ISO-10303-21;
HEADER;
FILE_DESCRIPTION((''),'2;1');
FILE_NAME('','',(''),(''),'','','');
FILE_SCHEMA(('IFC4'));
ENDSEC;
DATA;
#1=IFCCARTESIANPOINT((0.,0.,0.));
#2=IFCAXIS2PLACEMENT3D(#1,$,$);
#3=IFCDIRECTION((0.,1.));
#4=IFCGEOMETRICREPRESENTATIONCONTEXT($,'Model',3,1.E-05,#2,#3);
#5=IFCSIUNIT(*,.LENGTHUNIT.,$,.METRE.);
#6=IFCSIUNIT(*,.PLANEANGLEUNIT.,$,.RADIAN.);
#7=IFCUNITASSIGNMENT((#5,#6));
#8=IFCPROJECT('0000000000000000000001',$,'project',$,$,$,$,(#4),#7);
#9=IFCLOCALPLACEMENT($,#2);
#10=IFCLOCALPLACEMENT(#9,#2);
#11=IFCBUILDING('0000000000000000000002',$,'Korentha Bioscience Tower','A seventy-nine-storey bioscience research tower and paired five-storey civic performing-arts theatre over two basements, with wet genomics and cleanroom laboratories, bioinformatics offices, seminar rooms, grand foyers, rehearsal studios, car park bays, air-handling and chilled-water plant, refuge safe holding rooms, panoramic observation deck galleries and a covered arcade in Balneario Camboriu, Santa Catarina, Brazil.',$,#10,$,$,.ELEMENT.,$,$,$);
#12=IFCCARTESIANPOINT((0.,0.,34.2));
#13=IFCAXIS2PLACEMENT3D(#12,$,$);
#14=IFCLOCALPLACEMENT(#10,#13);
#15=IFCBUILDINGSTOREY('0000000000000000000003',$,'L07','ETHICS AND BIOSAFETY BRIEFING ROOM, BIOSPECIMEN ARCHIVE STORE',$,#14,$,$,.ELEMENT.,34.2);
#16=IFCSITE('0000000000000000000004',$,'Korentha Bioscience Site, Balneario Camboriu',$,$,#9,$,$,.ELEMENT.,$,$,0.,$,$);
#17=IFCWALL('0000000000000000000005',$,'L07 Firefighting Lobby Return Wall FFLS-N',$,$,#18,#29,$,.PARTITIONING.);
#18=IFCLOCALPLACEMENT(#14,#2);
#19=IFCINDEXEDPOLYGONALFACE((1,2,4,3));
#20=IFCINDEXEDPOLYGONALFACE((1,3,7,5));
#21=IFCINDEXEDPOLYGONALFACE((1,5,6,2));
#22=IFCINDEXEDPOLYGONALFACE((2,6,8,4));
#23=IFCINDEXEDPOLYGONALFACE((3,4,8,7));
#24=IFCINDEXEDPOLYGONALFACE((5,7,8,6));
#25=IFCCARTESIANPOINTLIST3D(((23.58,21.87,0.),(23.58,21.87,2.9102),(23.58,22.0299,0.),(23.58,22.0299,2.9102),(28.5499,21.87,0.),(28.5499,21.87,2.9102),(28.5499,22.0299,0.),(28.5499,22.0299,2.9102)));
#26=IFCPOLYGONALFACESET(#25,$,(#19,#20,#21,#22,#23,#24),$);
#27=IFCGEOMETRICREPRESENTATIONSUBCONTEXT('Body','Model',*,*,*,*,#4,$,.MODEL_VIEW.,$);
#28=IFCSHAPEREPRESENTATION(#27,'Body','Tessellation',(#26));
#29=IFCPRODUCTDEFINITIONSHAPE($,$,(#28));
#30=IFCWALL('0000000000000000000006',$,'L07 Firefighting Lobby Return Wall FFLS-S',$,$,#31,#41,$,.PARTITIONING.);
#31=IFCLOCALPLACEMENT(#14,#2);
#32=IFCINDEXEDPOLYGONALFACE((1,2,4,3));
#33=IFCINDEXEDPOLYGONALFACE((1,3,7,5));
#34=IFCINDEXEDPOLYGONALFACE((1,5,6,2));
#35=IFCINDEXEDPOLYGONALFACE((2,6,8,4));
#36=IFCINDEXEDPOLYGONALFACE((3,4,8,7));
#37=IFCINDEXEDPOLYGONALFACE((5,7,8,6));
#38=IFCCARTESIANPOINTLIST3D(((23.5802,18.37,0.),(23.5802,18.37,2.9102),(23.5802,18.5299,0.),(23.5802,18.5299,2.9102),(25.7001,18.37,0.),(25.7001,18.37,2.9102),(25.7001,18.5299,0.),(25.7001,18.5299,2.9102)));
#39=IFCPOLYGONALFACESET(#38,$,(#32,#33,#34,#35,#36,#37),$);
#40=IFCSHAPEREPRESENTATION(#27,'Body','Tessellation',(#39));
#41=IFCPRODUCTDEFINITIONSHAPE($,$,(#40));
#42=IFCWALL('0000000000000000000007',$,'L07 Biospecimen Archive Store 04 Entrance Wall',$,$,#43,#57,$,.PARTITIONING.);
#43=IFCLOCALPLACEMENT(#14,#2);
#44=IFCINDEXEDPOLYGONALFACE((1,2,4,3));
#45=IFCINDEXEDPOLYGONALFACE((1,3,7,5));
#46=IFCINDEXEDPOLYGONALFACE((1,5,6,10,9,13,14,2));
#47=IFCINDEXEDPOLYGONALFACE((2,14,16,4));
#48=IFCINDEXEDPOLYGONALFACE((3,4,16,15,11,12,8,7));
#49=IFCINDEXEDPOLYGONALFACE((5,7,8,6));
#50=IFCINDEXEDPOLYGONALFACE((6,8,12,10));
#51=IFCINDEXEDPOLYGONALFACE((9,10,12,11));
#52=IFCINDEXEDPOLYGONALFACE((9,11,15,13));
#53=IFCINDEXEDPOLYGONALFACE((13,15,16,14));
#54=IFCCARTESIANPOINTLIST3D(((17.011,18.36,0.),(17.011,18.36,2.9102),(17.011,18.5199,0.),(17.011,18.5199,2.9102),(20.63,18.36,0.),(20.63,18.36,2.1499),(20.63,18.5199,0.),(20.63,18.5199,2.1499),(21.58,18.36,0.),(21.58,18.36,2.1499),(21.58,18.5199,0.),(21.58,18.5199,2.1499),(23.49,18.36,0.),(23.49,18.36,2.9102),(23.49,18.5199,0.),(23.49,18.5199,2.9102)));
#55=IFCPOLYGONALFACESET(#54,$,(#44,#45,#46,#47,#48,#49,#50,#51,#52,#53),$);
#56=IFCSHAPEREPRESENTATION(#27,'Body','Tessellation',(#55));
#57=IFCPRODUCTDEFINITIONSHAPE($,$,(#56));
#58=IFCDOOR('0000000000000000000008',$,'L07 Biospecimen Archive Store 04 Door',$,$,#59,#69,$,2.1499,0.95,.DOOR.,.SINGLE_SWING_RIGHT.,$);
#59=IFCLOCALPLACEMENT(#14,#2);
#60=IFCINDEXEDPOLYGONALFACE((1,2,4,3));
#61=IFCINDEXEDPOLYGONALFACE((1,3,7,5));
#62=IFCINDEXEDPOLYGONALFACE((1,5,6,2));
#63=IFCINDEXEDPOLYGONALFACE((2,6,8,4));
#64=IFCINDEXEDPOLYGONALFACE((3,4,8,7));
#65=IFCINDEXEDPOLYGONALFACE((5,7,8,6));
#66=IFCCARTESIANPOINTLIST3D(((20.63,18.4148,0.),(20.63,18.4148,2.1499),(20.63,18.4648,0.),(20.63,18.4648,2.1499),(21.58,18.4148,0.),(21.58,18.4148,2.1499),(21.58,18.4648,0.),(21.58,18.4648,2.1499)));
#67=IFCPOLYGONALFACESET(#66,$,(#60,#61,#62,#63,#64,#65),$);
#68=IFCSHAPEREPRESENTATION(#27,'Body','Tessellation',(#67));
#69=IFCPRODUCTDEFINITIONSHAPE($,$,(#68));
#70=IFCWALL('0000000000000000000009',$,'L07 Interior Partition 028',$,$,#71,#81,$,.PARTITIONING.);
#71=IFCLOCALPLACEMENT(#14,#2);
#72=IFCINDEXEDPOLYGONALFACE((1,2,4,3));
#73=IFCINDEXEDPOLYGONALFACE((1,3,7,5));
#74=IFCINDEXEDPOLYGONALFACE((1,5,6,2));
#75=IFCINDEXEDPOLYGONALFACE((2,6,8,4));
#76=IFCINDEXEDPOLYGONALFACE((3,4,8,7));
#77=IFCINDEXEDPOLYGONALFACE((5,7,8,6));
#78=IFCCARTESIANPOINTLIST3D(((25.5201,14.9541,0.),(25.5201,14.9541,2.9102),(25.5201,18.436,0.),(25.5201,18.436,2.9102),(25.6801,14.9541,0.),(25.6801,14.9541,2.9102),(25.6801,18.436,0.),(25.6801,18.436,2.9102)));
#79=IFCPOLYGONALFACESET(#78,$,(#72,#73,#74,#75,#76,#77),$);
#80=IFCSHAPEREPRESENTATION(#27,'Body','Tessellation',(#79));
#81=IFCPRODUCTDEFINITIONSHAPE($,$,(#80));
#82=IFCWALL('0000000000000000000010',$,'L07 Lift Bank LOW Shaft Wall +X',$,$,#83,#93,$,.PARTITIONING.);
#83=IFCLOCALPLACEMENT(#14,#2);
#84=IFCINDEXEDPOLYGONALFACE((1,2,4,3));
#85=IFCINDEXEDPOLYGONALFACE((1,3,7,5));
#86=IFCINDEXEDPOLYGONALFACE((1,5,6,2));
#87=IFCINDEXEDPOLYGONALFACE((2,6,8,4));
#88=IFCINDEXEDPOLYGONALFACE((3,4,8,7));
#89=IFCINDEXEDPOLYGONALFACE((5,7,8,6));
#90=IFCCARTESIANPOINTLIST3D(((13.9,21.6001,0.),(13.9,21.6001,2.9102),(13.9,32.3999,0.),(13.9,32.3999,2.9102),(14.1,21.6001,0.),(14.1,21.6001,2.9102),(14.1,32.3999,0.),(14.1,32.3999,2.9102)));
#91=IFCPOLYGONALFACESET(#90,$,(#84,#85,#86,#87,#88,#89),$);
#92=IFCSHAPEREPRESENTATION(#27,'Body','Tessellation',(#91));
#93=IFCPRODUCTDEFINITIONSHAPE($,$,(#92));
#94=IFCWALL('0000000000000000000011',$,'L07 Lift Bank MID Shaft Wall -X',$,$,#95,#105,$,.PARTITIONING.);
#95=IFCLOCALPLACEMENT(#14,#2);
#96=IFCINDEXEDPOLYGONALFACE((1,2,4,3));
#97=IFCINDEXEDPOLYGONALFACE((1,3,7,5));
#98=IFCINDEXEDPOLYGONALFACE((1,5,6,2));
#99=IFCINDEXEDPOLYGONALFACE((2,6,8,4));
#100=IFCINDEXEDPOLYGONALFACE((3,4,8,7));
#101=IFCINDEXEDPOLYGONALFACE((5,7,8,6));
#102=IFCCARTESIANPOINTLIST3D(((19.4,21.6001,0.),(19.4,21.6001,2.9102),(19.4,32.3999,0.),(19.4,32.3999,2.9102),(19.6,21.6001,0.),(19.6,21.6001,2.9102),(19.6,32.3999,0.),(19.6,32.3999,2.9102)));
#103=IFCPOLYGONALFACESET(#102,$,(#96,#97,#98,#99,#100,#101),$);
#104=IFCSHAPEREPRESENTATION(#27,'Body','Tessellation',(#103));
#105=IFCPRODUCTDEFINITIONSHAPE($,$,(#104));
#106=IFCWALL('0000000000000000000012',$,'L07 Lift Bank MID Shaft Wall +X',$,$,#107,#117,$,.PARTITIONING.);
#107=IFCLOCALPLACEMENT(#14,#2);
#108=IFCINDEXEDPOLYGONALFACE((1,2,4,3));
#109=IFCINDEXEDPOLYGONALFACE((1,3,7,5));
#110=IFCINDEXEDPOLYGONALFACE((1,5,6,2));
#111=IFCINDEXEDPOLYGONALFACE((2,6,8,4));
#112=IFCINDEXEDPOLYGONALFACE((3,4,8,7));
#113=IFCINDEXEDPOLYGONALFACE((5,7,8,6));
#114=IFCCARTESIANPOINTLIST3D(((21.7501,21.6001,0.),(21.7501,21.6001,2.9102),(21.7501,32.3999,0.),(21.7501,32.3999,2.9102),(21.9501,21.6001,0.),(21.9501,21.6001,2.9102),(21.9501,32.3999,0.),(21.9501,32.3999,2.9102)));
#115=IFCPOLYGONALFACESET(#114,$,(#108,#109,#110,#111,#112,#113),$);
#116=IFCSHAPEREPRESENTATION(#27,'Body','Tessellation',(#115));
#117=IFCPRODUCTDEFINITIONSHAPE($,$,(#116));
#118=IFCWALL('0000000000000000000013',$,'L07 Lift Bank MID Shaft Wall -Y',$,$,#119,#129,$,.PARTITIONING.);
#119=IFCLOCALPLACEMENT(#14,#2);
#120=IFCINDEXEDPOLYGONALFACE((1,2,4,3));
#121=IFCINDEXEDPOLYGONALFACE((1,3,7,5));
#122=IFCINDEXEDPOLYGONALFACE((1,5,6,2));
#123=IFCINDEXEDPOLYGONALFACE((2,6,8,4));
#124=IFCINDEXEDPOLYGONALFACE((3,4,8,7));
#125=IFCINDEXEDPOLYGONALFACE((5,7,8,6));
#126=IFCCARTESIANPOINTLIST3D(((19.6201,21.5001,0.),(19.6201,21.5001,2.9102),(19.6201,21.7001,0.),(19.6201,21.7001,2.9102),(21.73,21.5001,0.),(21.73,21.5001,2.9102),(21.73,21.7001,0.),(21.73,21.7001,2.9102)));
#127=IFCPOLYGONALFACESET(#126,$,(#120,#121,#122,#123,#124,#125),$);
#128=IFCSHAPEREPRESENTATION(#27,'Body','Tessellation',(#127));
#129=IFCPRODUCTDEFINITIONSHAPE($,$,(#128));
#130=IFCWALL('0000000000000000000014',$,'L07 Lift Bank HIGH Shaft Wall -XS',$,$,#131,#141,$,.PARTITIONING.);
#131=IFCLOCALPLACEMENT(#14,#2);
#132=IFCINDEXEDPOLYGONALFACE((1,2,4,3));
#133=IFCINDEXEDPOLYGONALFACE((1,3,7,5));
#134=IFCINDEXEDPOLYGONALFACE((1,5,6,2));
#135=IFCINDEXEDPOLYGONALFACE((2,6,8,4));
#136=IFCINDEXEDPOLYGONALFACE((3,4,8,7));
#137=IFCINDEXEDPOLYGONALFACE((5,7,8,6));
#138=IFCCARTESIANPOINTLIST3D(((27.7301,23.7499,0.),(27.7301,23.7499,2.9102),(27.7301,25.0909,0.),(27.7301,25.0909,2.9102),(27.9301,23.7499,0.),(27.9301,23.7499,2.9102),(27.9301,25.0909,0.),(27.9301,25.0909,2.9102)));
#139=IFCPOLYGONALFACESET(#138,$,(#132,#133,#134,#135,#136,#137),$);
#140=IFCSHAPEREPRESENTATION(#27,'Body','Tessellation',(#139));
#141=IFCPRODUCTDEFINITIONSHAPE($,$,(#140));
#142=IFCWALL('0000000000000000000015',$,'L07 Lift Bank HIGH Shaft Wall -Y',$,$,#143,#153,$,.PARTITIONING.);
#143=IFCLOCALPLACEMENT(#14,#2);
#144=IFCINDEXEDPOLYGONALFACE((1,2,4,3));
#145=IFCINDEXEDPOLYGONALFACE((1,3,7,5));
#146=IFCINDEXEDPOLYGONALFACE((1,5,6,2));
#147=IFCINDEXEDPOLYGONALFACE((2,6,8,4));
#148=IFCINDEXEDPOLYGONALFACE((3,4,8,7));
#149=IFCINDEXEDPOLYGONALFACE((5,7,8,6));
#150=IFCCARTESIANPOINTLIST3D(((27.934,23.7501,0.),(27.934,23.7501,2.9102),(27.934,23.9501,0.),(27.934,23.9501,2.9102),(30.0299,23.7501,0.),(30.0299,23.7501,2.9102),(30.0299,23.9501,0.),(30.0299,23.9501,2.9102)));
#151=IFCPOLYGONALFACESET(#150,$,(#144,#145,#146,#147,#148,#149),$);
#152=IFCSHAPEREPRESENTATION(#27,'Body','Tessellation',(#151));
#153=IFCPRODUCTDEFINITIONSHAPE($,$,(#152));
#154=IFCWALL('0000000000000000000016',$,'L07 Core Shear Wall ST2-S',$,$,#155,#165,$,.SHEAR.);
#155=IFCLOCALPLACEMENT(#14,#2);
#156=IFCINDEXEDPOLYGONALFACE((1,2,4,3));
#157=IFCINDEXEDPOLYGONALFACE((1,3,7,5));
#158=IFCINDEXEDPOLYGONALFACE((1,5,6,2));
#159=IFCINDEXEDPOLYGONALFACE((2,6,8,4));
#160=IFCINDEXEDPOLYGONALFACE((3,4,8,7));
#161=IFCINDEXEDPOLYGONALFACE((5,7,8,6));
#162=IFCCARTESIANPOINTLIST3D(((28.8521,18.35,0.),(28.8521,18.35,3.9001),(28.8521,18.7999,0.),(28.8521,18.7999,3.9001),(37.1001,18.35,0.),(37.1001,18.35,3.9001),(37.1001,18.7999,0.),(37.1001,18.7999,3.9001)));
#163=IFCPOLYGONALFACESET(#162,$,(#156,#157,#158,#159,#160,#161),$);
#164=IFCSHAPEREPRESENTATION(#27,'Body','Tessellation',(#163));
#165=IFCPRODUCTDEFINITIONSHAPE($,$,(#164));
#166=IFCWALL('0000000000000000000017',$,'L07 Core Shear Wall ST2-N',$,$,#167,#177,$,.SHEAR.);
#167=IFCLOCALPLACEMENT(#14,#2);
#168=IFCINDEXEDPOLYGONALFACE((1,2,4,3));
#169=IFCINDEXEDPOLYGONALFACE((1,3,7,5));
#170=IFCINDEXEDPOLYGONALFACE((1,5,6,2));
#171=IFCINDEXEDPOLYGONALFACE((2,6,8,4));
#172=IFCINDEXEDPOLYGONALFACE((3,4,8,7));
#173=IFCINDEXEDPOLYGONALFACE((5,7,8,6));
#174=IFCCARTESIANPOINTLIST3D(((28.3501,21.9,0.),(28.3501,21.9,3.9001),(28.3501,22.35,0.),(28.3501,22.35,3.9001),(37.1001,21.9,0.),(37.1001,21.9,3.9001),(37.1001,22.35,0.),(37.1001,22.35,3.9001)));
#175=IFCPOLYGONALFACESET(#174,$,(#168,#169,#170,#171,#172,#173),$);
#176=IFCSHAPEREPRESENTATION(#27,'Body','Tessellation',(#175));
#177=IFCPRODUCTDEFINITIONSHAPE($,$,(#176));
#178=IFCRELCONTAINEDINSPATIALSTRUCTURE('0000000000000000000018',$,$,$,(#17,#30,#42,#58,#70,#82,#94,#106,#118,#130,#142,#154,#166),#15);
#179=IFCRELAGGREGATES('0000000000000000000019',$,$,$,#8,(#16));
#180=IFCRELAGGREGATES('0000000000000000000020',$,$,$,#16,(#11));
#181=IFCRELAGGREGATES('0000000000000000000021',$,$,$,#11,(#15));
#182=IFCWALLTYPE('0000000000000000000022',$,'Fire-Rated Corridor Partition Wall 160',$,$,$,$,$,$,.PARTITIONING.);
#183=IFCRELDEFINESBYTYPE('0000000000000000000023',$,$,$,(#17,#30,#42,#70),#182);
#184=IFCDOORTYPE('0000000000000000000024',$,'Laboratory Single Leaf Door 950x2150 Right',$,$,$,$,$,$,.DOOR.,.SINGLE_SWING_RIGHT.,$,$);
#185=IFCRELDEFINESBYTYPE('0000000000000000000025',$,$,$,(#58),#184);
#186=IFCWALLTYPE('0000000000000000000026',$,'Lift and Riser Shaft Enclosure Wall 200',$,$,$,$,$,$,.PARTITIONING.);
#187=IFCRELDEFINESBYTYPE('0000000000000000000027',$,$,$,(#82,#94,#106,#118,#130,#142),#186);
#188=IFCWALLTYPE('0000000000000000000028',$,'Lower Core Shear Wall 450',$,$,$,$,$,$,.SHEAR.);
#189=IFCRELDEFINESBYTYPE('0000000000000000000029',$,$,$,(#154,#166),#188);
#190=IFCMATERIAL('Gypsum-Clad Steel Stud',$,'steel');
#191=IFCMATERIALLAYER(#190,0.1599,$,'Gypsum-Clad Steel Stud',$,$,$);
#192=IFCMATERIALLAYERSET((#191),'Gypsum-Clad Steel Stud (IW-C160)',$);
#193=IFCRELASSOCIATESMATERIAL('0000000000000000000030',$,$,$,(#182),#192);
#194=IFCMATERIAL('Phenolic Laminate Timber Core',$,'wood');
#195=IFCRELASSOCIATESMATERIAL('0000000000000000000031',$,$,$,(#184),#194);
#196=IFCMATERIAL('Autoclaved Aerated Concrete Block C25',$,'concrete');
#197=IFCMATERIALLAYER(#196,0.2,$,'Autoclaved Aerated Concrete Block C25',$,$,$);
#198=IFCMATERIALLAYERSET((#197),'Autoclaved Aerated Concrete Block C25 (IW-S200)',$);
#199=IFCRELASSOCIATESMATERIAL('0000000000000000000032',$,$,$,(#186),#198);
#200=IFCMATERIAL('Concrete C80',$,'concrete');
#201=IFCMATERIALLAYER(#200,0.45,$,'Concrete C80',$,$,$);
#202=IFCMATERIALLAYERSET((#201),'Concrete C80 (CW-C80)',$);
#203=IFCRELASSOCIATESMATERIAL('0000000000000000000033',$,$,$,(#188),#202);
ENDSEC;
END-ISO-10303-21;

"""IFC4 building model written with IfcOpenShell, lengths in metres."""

from ifc_helpers import new_model, si_unit, direction, frame, frame_2d, origin, place, context, subcontext, project, spatial, rectangle, extrude, material, layer, layer_set, type_object, element, fill, save


model = new_model("IFC4")

# Units and contexts
model_context = context("Model", 3, precision=1e-05, world=origin(), true_north=direction((0.0, 1.0)))
body_context = subcontext(model_context, "Body", "Model", "MODEL_VIEW")
ifc_project = project(units=[si_unit("LENGTHUNIT", "METRE"), si_unit("PLANEANGLEUNIT", "RADIAN")], contexts=[model_context])

# Site, building, storey
site_placement = place(None, origin())
site = spatial("IfcSite", under=ifc_project, at=site_placement, Name="Korentha Bioscience Site, Balneario Camboriu", CompositionType="ELEMENT", RefElevation=0.0)
building_placement = place(site_placement, origin())
building = spatial("IfcBuilding", under=site, at=building_placement, Name="Korentha Bioscience Tower", Description="A seventy-nine-storey bioscience research tower and paired five-storey civic performing-arts theatre over two basements, with wet genomics and cleanroom laboratories, bioinformatics offices, seminar rooms, grand foyers, rehearsal studios, car park bays, air-handling and chilled-water plant, refuge safe holding rooms, panoramic observation deck galleries and a covered arcade in Balneario Camboriu, Santa Catarina, Brazil.", CompositionType="ELEMENT")
storey_placement = place(building_placement, frame((0.0, 0.0, 34.2)))
storey = spatial("IfcBuildingStorey", under=building, at=storey_placement, Name="L07", Description="ETHICS AND BIOSAFETY BRIEFING ROOM, BIOSPECIMEN ARCHIVE STORE", CompositionType="ELEMENT", Elevation=34.2)

# Shared definitions
ifc_material_1 = material(Name="Concrete C80", Category="concrete")

# Shared definitions
ifc_material_2 = material(Name="Gypsum-Clad Steel Stud", Category="steel")
ifc_layer_1 = layer(ifc_material_2, 0.1599, Name="Gypsum-Clad Steel Stud")
ifc_layer_set_1 = layer_set([ifc_layer_1], Name="Gypsum-Clad Steel Stud (IW-C160)")
wall_type_1 = type_object("IfcWallType", Name="Fire-Rated Corridor Partition Wall 160", PredefinedType="PARTITIONING", material=ifc_layer_set_1)

# Walls
wall_1_placement = place(storey_placement, frame((23.5801, 21.95, 0.0), z_axis=(0.0, 0.0, 1.0), x_axis=(1.0, 0.0, 0.0)))
element("IfcWall", 1, at=wall_1_placement, inside=storey, type_object=wall_type_1, Name="L07 Firefighting Lobby Return Wall FFLS-N", PredefinedType="PARTITIONING", context=body_context, shape_type="SweptSolid", body=[
    extrude(rectangle(XDim=4.97, YDim=0.1599, at=frame_2d((2.4849, 0.0))), origin(), (0.0, 0.0, 1.0), 2.9102),
])
wall_2_placement = place(storey_placement, frame((23.5801, 18.45, 0.0), z_axis=(0.0, 0.0, 1.0), x_axis=(1.0, 0.0, 0.0)))
element("IfcWall", 2, at=wall_2_placement, inside=storey, type_object=wall_type_1, Name="L07 Firefighting Lobby Return Wall FFLS-S", PredefinedType="PARTITIONING", context=body_context, shape_type="SweptSolid", body=[
    extrude(rectangle(XDim=2.1199, YDim=0.1599, at=frame_2d((1.0601, 0.0))), origin(), (0.0, 0.0, 1.0), 2.9102),
])

# Wall, opening, door
wall_3_placement = place(storey_placement, frame((17.011, 18.4399, 0.0), z_axis=(0.0, 0.0, 1.0), x_axis=(1.0, 0.0, 0.0)))
wall_3 = element("IfcWall", 3, at=wall_3_placement, inside=storey, type_object=wall_type_1, Name="L07 Biospecimen Archive Store 04 Entrance Wall", PredefinedType="PARTITIONING", context=body_context, shape_type="SweptSolid", body=[
    extrude(rectangle(XDim=6.479, YDim=0.1599, at=frame_2d((3.2395, 0.0))), origin(), (0.0, 0.0, 1.0), 2.9102),
])
opening_1_placement = place(wall_3_placement, frame((3.6189, 0.0, 0.0)))
opening_1 = element("IfcOpeningElement", 4, at=opening_1_placement, cuts=wall_3, PredefinedType="OPENING", context=body_context, shape_type="SweptSolid", body=[
    extrude(rectangle(XDim=0.95, YDim=2.1499, at=frame_2d((0.4751, 1.075))), frame((0.0, 0.0947, 0.0), z_axis=(0.0, -1.0, 0.0), x_axis=(1.0, 0.0, 0.0)), (0.0, 0.0, 1.0), 0.1897),
])
ifc_material_3 = material(Name="Phenolic Laminate Timber Core", Category="wood")
door_type_1 = type_object("IfcDoorType", Name="Laboratory Single Leaf Door 950x2150 Right", OperationType="SINGLE_SWING_RIGHT", PredefinedType="DOOR", material=ifc_material_3)
door_1_placement = place(opening_1_placement, origin())
door_1 = element("IfcDoor", 5, at=door_1_placement, inside=storey, type_object=door_type_1, Name="L07 Biospecimen Archive Store 04 Door", OperationType="SINGLE_SWING_RIGHT", OverallHeight=2.1499, OverallWidth=0.95, PredefinedType="DOOR", context=body_context, shape_type="SweptSolid", body=[
    extrude(rectangle(XDim=0.95, YDim=2.1499, at=frame_2d((0.4751, 1.075))), frame((0.0, 0.0249, 0.0), z_axis=(0.0, -1.0, 0.0), x_axis=(1.0, 0.0, 0.0)), (0.0, 0.0, 1.0), 0.05),
])
fill(opening_1, door_1)

# Walls
wall_4_placement = place(storey_placement, frame((25.6001, 18.436, 0.0), z_axis=(0.0, 0.0, 1.0), x_axis=(0.0, -1.0, 0.0)))
element("IfcWall", 6, at=wall_4_placement, inside=storey, type_object=wall_type_1, Name="L07 Interior Partition 028", PredefinedType="PARTITIONING", context=body_context, shape_type="SweptSolid", body=[
    extrude(rectangle(XDim=3.4819, YDim=0.1599, at=frame_2d((1.741, 0.0))), origin(), (0.0, 0.0, 1.0), 2.9102),
])
ifc_material_4 = material(Name="Autoclaved Aerated Concrete Block C25", Category="concrete")
ifc_layer_2 = layer(ifc_material_4, 0.2, Name="Autoclaved Aerated Concrete Block C25")
ifc_layer_set_2 = layer_set([ifc_layer_2], Name="Autoclaved Aerated Concrete Block C25 (IW-S200)")
wall_type_2 = type_object("IfcWallType", Name="Lift and Riser Shaft Enclosure Wall 200", PredefinedType="PARTITIONING", material=ifc_layer_set_2)
for number, where, z_axis, x_axis, name in (
    (7, (14.0, 21.6001, 0.0), (0.0, 0.0, 1.0), (0.0, 1.0, 0.0), "L07 Lift Bank LOW Shaft Wall +X"),
    (8, (19.5, 21.6001, 0.0), (0.0, 0.0, 1.0), (0.0, 1.0, 0.0), "L07 Lift Bank MID Shaft Wall -X"),
    (9, (21.8501, 21.6001, 0.0), (0.0, 0.0, 1.0), (0.0, 1.0, 0.0), "L07 Lift Bank MID Shaft Wall +X"),
):
    element("IfcWall", number, at=place(storey_placement, frame(where, z_axis=z_axis, x_axis=x_axis)), inside=storey, type_object=wall_type_2, Name=name, PredefinedType="PARTITIONING", context=body_context, shape_type="SweptSolid", body=[
        extrude(rectangle(XDim=10.7998, YDim=0.2, at=frame_2d((5.3999, 0.0))), origin(), (0.0, 0.0, 1.0), 2.9102),
    ])
wall_5_placement = place(storey_placement, frame((19.6201, 21.6001, 0.0), z_axis=(0.0, 0.0, 1.0), x_axis=(1.0, 0.0, 0.0)))
element("IfcWall", 10, at=wall_5_placement, inside=storey, type_object=wall_type_2, Name="L07 Lift Bank MID Shaft Wall -Y", PredefinedType="PARTITIONING", context=body_context, shape_type="SweptSolid", body=[
    extrude(rectangle(XDim=2.1099, YDim=0.2, at=frame_2d((1.0549, 0.0))), origin(), (0.0, 0.0, 1.0), 2.9102),
])
wall_6_placement = place(storey_placement, frame((27.8301, 23.75, 0.0), z_axis=(0.0, 0.0, 1.0), x_axis=(0.0, 1.0, 0.0)))
element("IfcWall", 11, at=wall_6_placement, inside=storey, type_object=wall_type_2, Name="L07 Lift Bank HIGH Shaft Wall -XS", PredefinedType="PARTITIONING", context=body_context, shape_type="SweptSolid", body=[
    extrude(rectangle(XDim=1.3411, YDim=0.2, at=frame_2d((0.6704, 0.0))), origin(), (0.0, 0.0, 1.0), 2.9102),
])
wall_7_placement = place(storey_placement, frame((27.9341, 23.8501, 0.0), z_axis=(0.0, 0.0, 1.0), x_axis=(1.0, 0.0, 0.0)))
element("IfcWall", 12, at=wall_7_placement, inside=storey, type_object=wall_type_2, Name="L07 Lift Bank HIGH Shaft Wall -Y", PredefinedType="PARTITIONING", context=body_context, shape_type="SweptSolid", body=[
    extrude(rectangle(XDim=2.0959, YDim=0.2, at=frame_2d((1.0479, 0.0))), origin(), (0.0, 0.0, 1.0), 2.9102),
])
ifc_layer_3 = layer(ifc_material_1, 0.45, Name="Concrete C80")
ifc_layer_set_3 = layer_set([ifc_layer_3], Name="Concrete C80 (CW-C80)")
wall_type_3 = type_object("IfcWallType", Name="Lower Core Shear Wall 450", PredefinedType="SHEAR", material=ifc_layer_set_3)
wall_8_placement = place(storey_placement, frame((28.8521, 18.575, 0.0), z_axis=(0.0, 0.0, 1.0), x_axis=(1.0, 0.0, 0.0)))
element("IfcWall", 13, at=wall_8_placement, inside=storey, type_object=wall_type_3, Name="L07 Core Shear Wall ST2-S", PredefinedType="SHEAR", context=body_context, shape_type="SweptSolid", body=[
    extrude(rectangle(XDim=8.248, YDim=0.45, at=frame_2d((4.124, 0.0))), origin(), (0.0, 0.0, 1.0), 3.9001),
])
wall_9_placement = place(storey_placement, frame((28.3501, 22.125, 0.0), z_axis=(0.0, 0.0, 1.0), x_axis=(1.0, 0.0, 0.0)))
element("IfcWall", 14, at=wall_9_placement, inside=storey, type_object=wall_type_3, Name="L07 Core Shear Wall ST2-N", PredefinedType="SHEAR", context=body_context, shape_type="SweptSolid", body=[
    extrude(rectangle(XDim=8.75, YDim=0.45, at=frame_2d((4.375, 0.0))), origin(), (0.0, 0.0, 1.0), 3.9001),
])

save(model, "model.ifc")
